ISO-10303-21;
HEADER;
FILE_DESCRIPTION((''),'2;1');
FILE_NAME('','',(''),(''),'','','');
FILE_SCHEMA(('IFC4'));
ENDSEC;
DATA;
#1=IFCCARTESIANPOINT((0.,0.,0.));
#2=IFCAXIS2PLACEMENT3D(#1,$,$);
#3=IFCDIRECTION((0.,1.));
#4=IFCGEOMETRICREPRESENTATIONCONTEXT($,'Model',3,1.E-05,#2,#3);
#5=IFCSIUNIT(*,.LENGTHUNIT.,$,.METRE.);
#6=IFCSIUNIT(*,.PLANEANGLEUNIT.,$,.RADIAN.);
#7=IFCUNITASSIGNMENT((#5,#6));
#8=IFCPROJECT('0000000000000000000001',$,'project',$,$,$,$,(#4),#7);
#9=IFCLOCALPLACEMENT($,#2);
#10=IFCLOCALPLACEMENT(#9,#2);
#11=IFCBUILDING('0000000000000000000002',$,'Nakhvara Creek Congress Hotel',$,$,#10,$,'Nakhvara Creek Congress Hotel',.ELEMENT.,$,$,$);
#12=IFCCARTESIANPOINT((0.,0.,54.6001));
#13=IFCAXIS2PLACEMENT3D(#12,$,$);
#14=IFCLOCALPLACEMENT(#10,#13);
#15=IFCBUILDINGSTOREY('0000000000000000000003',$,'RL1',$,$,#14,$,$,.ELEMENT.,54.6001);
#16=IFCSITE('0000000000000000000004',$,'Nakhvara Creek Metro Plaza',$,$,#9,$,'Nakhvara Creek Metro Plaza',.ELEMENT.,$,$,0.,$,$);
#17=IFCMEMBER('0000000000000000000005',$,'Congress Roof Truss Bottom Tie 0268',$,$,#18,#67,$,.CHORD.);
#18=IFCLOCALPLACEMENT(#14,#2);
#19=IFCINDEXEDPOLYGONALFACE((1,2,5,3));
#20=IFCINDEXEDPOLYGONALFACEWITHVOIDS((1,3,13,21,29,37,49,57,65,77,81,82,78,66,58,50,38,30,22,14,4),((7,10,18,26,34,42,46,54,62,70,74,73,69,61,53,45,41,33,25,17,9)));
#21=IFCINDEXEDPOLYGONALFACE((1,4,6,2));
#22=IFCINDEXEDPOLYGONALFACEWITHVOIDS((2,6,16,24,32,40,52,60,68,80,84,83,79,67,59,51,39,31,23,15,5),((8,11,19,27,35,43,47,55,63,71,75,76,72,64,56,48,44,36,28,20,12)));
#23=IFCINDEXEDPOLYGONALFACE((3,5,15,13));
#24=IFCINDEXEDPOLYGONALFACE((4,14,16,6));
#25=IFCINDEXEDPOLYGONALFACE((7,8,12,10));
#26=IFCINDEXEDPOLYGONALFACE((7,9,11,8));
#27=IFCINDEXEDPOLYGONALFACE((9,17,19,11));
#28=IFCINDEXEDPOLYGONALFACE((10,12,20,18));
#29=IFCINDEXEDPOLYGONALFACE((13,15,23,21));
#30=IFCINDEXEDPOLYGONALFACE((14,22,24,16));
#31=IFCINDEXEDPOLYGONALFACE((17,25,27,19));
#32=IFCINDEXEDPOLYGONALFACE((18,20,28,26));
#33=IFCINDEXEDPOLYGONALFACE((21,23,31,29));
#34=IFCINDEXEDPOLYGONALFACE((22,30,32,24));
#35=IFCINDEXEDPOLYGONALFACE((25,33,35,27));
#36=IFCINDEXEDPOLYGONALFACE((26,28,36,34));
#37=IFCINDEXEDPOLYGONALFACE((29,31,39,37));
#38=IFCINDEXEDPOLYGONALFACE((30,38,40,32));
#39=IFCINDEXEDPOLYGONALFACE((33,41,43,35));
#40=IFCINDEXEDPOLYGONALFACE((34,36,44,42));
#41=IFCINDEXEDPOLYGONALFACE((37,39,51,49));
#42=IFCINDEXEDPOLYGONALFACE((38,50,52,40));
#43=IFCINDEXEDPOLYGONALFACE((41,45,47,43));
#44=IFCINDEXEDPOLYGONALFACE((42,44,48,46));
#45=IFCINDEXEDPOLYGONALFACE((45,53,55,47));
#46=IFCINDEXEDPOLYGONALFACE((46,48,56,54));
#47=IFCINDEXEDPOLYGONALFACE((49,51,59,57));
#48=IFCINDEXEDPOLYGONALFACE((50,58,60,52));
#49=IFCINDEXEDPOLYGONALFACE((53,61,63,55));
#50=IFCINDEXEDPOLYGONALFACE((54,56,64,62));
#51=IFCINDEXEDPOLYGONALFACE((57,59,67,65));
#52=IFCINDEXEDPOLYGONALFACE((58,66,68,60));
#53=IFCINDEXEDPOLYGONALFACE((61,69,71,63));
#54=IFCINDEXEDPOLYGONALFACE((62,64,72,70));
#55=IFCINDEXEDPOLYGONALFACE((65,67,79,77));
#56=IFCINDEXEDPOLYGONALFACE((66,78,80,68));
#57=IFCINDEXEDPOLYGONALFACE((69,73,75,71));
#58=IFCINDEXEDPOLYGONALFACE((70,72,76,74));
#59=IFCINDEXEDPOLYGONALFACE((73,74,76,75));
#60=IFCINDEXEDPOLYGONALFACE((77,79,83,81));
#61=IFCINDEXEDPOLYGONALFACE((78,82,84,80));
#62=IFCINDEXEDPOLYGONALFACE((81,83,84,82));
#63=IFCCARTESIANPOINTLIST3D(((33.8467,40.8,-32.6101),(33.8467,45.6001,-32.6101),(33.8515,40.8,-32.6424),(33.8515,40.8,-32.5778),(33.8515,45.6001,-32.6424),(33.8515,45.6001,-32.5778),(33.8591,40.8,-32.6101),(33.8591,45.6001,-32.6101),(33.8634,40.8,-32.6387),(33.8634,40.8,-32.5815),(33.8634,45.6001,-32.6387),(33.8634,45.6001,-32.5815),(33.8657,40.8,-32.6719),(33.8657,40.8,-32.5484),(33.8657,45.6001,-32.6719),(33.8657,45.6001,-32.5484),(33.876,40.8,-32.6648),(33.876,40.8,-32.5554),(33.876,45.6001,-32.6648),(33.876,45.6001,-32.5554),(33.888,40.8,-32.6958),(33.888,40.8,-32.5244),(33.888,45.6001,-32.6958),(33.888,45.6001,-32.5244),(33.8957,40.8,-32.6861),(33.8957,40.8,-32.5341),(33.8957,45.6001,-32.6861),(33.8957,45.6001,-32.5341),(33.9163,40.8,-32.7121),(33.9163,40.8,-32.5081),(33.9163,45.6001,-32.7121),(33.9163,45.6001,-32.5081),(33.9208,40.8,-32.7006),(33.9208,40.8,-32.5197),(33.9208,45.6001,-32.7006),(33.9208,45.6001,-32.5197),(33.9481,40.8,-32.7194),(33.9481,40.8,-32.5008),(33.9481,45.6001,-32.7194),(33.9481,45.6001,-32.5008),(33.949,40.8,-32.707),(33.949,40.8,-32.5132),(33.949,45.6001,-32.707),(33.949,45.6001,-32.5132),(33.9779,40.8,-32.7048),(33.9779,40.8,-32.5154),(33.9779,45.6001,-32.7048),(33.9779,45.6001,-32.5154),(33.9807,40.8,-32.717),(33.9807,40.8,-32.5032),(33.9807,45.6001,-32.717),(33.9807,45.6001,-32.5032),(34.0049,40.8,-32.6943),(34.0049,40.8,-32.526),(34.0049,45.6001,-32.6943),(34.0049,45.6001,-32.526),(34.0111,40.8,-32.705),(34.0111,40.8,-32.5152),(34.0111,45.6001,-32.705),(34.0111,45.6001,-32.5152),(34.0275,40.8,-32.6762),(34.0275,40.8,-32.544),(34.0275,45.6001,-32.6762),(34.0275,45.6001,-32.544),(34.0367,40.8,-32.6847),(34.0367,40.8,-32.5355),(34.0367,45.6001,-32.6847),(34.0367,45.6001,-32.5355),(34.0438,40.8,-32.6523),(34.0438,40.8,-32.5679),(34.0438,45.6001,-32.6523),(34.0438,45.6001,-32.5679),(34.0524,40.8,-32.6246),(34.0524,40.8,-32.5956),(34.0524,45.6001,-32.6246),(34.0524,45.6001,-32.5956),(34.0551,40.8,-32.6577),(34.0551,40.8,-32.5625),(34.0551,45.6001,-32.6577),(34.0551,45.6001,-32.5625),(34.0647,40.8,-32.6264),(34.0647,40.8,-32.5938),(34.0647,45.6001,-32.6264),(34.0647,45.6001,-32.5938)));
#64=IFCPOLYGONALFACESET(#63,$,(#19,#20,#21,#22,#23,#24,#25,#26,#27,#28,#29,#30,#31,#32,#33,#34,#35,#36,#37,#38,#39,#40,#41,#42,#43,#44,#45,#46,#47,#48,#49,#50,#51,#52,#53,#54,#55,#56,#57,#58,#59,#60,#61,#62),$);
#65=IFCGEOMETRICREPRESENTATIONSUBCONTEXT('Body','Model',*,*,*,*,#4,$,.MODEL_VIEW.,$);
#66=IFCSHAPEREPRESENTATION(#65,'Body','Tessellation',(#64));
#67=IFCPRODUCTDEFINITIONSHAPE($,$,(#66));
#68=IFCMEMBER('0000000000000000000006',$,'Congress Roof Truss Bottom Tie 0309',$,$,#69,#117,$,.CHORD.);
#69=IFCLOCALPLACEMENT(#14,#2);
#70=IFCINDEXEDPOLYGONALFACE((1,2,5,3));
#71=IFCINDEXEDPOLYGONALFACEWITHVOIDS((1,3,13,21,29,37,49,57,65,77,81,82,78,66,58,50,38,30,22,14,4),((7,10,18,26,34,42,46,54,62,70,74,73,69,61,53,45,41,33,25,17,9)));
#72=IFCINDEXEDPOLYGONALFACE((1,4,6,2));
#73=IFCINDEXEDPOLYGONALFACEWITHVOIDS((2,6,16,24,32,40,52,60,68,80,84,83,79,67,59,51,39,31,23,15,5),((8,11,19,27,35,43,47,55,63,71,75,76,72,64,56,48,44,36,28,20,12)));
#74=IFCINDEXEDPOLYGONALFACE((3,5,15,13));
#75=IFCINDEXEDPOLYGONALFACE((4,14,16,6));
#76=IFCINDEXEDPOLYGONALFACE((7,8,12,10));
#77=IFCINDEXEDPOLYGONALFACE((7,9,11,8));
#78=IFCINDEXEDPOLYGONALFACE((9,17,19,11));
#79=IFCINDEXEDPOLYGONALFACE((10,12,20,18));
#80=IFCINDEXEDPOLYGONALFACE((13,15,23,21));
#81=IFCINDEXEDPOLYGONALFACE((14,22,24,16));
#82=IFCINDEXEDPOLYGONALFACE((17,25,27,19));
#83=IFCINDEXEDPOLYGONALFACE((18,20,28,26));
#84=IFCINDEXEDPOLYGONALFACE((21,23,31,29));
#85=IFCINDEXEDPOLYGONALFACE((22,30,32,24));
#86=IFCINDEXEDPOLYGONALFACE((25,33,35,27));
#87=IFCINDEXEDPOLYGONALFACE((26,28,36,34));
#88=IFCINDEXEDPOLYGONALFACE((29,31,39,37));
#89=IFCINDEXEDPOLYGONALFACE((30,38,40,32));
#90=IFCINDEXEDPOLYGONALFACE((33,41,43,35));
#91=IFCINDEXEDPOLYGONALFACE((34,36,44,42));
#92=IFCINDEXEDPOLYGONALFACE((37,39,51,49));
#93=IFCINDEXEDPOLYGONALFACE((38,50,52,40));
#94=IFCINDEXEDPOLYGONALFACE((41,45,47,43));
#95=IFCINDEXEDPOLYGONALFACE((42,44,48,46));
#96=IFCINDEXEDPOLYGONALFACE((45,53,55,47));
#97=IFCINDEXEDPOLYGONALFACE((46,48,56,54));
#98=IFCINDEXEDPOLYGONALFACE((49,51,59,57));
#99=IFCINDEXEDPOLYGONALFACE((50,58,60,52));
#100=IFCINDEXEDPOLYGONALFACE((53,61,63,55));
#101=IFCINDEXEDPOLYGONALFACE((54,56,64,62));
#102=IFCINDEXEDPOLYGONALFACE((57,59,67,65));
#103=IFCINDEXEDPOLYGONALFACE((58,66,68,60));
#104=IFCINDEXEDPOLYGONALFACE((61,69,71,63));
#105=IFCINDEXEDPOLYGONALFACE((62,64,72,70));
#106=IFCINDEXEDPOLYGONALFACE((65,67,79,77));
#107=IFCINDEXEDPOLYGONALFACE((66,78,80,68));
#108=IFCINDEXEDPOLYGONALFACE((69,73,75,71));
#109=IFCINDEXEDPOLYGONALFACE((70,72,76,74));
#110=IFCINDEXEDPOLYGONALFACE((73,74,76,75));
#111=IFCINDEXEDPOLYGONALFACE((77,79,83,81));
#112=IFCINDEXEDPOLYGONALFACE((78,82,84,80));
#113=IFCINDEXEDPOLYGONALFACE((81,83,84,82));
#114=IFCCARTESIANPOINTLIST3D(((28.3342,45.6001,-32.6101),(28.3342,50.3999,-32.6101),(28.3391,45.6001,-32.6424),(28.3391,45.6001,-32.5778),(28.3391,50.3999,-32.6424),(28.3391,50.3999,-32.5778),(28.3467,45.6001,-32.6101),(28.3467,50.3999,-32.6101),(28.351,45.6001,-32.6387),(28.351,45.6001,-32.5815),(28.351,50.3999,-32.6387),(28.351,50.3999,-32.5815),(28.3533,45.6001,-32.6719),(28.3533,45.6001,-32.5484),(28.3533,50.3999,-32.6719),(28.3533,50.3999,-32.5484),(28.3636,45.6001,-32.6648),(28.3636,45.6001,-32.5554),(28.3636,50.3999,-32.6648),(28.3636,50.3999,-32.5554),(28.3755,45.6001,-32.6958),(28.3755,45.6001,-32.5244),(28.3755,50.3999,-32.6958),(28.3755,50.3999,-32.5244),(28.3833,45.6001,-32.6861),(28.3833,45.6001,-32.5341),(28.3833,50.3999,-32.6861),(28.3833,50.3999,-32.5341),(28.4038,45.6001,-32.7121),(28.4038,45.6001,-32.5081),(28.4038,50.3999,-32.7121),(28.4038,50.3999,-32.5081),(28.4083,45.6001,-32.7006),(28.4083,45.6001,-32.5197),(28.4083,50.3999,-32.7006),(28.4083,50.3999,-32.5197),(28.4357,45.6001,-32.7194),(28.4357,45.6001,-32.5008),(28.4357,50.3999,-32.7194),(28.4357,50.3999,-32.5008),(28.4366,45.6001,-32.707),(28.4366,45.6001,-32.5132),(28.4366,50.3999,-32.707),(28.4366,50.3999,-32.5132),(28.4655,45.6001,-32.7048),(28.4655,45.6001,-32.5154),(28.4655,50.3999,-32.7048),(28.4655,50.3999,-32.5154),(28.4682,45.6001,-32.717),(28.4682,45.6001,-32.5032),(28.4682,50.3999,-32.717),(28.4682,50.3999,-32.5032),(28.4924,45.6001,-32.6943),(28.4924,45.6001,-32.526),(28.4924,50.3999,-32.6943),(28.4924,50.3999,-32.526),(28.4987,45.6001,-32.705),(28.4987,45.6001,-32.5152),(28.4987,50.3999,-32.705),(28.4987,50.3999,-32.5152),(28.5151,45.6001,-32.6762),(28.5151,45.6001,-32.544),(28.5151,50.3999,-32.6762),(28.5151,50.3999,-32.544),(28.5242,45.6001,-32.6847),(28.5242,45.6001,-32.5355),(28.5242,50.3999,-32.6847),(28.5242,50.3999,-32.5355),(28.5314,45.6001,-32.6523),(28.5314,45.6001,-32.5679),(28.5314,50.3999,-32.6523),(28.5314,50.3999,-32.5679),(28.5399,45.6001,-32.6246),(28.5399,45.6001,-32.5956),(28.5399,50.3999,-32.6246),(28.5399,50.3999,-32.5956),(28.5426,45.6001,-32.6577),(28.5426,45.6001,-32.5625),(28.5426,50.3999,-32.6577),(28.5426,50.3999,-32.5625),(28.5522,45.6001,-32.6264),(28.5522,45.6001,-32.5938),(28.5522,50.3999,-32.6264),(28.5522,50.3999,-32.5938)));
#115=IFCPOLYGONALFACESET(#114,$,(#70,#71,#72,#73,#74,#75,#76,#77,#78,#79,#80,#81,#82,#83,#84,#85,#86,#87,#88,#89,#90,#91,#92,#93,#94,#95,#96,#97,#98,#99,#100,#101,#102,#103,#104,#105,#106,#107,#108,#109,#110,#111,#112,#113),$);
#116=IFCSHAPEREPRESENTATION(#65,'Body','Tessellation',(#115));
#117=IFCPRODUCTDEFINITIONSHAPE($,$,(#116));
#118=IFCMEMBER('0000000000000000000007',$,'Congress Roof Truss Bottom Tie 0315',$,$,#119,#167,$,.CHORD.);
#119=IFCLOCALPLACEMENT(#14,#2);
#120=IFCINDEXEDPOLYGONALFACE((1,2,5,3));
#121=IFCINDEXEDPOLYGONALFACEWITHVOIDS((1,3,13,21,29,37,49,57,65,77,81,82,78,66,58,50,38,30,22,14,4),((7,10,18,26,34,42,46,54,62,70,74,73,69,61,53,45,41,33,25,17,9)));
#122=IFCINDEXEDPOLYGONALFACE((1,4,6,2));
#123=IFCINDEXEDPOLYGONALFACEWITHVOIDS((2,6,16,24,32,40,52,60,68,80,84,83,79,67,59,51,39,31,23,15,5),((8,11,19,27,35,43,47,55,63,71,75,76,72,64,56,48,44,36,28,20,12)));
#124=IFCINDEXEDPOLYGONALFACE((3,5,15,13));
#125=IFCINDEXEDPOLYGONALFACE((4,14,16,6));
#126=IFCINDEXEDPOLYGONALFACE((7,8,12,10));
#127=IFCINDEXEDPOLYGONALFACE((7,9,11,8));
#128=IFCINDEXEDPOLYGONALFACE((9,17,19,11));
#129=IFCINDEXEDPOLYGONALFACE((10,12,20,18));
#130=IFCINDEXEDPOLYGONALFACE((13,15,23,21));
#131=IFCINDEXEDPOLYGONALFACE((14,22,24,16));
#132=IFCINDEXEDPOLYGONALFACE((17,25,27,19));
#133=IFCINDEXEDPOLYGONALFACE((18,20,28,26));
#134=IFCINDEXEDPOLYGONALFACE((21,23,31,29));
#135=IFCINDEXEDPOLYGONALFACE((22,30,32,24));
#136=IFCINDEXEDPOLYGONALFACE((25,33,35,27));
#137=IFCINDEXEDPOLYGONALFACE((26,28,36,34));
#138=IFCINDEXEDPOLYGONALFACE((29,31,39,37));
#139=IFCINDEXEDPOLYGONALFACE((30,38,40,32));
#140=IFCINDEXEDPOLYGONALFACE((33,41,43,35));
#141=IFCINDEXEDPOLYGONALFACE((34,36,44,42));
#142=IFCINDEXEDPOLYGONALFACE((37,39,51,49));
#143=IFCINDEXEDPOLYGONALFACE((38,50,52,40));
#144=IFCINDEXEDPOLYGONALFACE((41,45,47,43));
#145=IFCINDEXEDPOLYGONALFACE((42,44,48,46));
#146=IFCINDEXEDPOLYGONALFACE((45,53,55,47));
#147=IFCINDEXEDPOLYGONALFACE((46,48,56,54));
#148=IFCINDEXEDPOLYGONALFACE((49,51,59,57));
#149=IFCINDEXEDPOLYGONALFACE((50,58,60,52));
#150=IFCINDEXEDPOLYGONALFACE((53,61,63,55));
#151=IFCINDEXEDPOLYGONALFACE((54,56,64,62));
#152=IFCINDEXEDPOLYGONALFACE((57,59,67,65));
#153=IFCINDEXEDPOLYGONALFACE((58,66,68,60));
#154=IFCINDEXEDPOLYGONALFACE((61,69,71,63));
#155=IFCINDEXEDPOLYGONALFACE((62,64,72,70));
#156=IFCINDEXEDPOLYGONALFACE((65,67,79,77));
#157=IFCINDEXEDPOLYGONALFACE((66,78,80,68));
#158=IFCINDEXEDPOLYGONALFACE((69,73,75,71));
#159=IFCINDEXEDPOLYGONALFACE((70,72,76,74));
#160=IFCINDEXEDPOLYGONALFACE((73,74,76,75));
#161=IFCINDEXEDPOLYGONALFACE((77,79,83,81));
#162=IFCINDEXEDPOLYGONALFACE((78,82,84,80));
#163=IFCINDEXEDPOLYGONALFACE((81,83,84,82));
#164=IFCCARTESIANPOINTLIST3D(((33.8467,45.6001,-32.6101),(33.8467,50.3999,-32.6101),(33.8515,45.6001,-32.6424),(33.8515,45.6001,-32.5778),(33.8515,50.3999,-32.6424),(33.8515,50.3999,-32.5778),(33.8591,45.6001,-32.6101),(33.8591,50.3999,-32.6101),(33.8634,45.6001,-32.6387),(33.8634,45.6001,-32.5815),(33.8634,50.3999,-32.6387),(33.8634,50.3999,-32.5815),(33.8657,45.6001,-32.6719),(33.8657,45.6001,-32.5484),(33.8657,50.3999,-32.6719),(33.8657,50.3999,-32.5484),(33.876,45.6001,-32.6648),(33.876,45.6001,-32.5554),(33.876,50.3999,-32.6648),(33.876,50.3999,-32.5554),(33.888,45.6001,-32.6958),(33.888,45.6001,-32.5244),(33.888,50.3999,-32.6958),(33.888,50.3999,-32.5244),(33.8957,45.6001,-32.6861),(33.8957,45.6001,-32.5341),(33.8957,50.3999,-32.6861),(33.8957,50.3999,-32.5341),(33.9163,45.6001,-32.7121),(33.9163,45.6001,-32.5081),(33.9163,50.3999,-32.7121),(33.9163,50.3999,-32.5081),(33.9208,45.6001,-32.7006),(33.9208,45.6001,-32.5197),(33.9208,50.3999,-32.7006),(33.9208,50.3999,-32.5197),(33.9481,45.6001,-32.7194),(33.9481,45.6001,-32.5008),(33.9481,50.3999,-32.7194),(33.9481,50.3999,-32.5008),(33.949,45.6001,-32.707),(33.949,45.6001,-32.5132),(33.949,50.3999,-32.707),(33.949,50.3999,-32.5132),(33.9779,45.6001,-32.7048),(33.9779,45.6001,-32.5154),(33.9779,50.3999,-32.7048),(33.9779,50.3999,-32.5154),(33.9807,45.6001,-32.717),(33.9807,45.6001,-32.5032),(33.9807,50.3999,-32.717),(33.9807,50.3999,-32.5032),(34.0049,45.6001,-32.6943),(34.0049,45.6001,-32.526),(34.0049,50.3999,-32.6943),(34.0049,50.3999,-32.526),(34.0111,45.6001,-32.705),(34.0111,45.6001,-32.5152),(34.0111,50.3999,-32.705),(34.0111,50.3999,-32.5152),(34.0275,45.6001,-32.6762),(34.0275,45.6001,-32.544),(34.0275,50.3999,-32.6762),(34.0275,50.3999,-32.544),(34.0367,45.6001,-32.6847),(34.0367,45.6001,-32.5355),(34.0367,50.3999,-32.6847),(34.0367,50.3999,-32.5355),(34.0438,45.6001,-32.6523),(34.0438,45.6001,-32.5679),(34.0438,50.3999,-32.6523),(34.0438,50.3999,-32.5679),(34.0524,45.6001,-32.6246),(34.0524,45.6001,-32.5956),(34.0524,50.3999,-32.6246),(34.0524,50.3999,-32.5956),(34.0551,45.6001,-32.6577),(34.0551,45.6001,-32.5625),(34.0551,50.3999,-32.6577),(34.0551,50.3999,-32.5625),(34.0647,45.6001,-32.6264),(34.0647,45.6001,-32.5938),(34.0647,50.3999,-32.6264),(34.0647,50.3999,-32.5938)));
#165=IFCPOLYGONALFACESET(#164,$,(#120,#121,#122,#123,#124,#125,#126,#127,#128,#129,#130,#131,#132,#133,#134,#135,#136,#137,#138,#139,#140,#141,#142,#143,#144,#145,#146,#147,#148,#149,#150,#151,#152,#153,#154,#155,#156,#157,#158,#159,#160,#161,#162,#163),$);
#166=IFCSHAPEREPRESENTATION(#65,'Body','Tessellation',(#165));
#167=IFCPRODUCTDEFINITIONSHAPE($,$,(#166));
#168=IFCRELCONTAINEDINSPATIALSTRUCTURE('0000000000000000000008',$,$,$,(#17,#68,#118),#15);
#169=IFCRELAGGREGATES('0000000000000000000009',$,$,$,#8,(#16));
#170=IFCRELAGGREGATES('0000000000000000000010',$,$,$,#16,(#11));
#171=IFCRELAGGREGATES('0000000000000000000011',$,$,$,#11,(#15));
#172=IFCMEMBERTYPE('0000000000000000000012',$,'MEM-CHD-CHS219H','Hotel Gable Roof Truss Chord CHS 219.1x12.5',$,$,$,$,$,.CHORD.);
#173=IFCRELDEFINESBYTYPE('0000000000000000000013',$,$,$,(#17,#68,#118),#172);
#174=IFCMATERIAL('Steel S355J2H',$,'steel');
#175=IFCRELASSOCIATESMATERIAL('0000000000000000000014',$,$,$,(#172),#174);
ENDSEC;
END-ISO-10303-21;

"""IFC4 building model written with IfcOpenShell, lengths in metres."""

from ifc_helpers import new_model, si_unit, direction, frame, origin, origin_2d, place, context, subcontext, project, spatial, hollow_circle, extrude, material, material_profile, profile_set, type_object, element, save


model = new_model("IFC4")

# Units and contexts
model_context = context("Model", 3, precision=1e-05, world=origin(), true_north=direction((0.0, 1.0)))
body_context = subcontext(model_context, "Body", "Model", "MODEL_VIEW")
ifc_project = project(units=[si_unit("LENGTHUNIT", "METRE"), si_unit("PLANEANGLEUNIT", "RADIAN")], contexts=[model_context])

# Site, building, storey
site_placement = place(None, origin())
site = spatial("IfcSite", under=ifc_project, at=site_placement, Name="Nakhvara Creek Metro Plaza", LongName="Nakhvara Creek Metro Plaza", CompositionType="ELEMENT", RefElevation=0.0)
building_placement = place(site_placement, origin())
building = spatial("IfcBuilding", under=site, at=building_placement, Name="Nakhvara Creek Congress Hotel", LongName="Nakhvara Creek Congress Hotel", CompositionType="ELEMENT")
storey_placement = place(building_placement, frame((0.0, 0.0, 54.6001)))
storey = spatial("IfcBuildingStorey", under=building, at=storey_placement, Name="RL1", CompositionType="ELEMENT", Elevation=54.6001)

# Members
ifc_material_1 = material(Name="Steel S355J2H", Category="steel")
ifc_material_profile_1 = material_profile(ifc_material_1, hollow_circle(Radius=0.1096, WallThickness=0.0125, at=origin_2d()), Name="CHS 219.1x12.5", Category="LoadBearing")
ifc_profile_set_1 = profile_set([ifc_material_profile_1], Name="Steel S355J2H")
member_type_1 = type_object("IfcMemberType", Name="MEM-CHD-CHS219H", Description="Hotel Gable Roof Truss Chord CHS 219.1x12.5", PredefinedType="CHORD", material=ifc_profile_set_1)
member_1_placement = place(storey_placement, frame((33.9563, 40.8, -32.6101), z_axis=(0.0, 1.0, 0.0), x_axis=(-1.0, 0.0, 0.0)))
element("IfcMember", 1, at=member_1_placement, inside=storey, type_object=member_type_1, Name="Congress Roof Truss Bottom Tie 0268", PredefinedType="CHORD", context=body_context, shape_type="SweptSolid", body=[
    extrude(hollow_circle(Radius=0.1096, WallThickness=0.0125, at=origin_2d()), origin(), (0.0, 0.0, 1.0), 4.8),
])
for number, where, z_axis, x_axis, name in (
    (2, (28.4438, 45.6001, -32.6101), (0.0, 1.0, 0.0), (-1.0, 0.0, 0.0), "Congress Roof Truss Bottom Tie 0309"),
    (3, (33.9563, 45.6001, -32.6101), (0.0, 1.0, 0.0), (-1.0, 0.0, 0.0), "Congress Roof Truss Bottom Tie 0315"),
):
    element("IfcMember", number, at=place(storey_placement, frame(where, z_axis=z_axis, x_axis=x_axis)), inside=storey, type_object=member_type_1, Name=name, PredefinedType="CHORD", context=body_context, shape_type="SweptSolid", body=[
        extrude(hollow_circle(Radius=0.1096, WallThickness=0.0125, at=origin_2d()), origin(), (0.0, 0.0, 1.0), 4.7998),
    ])

save(model, "model.ifc")
